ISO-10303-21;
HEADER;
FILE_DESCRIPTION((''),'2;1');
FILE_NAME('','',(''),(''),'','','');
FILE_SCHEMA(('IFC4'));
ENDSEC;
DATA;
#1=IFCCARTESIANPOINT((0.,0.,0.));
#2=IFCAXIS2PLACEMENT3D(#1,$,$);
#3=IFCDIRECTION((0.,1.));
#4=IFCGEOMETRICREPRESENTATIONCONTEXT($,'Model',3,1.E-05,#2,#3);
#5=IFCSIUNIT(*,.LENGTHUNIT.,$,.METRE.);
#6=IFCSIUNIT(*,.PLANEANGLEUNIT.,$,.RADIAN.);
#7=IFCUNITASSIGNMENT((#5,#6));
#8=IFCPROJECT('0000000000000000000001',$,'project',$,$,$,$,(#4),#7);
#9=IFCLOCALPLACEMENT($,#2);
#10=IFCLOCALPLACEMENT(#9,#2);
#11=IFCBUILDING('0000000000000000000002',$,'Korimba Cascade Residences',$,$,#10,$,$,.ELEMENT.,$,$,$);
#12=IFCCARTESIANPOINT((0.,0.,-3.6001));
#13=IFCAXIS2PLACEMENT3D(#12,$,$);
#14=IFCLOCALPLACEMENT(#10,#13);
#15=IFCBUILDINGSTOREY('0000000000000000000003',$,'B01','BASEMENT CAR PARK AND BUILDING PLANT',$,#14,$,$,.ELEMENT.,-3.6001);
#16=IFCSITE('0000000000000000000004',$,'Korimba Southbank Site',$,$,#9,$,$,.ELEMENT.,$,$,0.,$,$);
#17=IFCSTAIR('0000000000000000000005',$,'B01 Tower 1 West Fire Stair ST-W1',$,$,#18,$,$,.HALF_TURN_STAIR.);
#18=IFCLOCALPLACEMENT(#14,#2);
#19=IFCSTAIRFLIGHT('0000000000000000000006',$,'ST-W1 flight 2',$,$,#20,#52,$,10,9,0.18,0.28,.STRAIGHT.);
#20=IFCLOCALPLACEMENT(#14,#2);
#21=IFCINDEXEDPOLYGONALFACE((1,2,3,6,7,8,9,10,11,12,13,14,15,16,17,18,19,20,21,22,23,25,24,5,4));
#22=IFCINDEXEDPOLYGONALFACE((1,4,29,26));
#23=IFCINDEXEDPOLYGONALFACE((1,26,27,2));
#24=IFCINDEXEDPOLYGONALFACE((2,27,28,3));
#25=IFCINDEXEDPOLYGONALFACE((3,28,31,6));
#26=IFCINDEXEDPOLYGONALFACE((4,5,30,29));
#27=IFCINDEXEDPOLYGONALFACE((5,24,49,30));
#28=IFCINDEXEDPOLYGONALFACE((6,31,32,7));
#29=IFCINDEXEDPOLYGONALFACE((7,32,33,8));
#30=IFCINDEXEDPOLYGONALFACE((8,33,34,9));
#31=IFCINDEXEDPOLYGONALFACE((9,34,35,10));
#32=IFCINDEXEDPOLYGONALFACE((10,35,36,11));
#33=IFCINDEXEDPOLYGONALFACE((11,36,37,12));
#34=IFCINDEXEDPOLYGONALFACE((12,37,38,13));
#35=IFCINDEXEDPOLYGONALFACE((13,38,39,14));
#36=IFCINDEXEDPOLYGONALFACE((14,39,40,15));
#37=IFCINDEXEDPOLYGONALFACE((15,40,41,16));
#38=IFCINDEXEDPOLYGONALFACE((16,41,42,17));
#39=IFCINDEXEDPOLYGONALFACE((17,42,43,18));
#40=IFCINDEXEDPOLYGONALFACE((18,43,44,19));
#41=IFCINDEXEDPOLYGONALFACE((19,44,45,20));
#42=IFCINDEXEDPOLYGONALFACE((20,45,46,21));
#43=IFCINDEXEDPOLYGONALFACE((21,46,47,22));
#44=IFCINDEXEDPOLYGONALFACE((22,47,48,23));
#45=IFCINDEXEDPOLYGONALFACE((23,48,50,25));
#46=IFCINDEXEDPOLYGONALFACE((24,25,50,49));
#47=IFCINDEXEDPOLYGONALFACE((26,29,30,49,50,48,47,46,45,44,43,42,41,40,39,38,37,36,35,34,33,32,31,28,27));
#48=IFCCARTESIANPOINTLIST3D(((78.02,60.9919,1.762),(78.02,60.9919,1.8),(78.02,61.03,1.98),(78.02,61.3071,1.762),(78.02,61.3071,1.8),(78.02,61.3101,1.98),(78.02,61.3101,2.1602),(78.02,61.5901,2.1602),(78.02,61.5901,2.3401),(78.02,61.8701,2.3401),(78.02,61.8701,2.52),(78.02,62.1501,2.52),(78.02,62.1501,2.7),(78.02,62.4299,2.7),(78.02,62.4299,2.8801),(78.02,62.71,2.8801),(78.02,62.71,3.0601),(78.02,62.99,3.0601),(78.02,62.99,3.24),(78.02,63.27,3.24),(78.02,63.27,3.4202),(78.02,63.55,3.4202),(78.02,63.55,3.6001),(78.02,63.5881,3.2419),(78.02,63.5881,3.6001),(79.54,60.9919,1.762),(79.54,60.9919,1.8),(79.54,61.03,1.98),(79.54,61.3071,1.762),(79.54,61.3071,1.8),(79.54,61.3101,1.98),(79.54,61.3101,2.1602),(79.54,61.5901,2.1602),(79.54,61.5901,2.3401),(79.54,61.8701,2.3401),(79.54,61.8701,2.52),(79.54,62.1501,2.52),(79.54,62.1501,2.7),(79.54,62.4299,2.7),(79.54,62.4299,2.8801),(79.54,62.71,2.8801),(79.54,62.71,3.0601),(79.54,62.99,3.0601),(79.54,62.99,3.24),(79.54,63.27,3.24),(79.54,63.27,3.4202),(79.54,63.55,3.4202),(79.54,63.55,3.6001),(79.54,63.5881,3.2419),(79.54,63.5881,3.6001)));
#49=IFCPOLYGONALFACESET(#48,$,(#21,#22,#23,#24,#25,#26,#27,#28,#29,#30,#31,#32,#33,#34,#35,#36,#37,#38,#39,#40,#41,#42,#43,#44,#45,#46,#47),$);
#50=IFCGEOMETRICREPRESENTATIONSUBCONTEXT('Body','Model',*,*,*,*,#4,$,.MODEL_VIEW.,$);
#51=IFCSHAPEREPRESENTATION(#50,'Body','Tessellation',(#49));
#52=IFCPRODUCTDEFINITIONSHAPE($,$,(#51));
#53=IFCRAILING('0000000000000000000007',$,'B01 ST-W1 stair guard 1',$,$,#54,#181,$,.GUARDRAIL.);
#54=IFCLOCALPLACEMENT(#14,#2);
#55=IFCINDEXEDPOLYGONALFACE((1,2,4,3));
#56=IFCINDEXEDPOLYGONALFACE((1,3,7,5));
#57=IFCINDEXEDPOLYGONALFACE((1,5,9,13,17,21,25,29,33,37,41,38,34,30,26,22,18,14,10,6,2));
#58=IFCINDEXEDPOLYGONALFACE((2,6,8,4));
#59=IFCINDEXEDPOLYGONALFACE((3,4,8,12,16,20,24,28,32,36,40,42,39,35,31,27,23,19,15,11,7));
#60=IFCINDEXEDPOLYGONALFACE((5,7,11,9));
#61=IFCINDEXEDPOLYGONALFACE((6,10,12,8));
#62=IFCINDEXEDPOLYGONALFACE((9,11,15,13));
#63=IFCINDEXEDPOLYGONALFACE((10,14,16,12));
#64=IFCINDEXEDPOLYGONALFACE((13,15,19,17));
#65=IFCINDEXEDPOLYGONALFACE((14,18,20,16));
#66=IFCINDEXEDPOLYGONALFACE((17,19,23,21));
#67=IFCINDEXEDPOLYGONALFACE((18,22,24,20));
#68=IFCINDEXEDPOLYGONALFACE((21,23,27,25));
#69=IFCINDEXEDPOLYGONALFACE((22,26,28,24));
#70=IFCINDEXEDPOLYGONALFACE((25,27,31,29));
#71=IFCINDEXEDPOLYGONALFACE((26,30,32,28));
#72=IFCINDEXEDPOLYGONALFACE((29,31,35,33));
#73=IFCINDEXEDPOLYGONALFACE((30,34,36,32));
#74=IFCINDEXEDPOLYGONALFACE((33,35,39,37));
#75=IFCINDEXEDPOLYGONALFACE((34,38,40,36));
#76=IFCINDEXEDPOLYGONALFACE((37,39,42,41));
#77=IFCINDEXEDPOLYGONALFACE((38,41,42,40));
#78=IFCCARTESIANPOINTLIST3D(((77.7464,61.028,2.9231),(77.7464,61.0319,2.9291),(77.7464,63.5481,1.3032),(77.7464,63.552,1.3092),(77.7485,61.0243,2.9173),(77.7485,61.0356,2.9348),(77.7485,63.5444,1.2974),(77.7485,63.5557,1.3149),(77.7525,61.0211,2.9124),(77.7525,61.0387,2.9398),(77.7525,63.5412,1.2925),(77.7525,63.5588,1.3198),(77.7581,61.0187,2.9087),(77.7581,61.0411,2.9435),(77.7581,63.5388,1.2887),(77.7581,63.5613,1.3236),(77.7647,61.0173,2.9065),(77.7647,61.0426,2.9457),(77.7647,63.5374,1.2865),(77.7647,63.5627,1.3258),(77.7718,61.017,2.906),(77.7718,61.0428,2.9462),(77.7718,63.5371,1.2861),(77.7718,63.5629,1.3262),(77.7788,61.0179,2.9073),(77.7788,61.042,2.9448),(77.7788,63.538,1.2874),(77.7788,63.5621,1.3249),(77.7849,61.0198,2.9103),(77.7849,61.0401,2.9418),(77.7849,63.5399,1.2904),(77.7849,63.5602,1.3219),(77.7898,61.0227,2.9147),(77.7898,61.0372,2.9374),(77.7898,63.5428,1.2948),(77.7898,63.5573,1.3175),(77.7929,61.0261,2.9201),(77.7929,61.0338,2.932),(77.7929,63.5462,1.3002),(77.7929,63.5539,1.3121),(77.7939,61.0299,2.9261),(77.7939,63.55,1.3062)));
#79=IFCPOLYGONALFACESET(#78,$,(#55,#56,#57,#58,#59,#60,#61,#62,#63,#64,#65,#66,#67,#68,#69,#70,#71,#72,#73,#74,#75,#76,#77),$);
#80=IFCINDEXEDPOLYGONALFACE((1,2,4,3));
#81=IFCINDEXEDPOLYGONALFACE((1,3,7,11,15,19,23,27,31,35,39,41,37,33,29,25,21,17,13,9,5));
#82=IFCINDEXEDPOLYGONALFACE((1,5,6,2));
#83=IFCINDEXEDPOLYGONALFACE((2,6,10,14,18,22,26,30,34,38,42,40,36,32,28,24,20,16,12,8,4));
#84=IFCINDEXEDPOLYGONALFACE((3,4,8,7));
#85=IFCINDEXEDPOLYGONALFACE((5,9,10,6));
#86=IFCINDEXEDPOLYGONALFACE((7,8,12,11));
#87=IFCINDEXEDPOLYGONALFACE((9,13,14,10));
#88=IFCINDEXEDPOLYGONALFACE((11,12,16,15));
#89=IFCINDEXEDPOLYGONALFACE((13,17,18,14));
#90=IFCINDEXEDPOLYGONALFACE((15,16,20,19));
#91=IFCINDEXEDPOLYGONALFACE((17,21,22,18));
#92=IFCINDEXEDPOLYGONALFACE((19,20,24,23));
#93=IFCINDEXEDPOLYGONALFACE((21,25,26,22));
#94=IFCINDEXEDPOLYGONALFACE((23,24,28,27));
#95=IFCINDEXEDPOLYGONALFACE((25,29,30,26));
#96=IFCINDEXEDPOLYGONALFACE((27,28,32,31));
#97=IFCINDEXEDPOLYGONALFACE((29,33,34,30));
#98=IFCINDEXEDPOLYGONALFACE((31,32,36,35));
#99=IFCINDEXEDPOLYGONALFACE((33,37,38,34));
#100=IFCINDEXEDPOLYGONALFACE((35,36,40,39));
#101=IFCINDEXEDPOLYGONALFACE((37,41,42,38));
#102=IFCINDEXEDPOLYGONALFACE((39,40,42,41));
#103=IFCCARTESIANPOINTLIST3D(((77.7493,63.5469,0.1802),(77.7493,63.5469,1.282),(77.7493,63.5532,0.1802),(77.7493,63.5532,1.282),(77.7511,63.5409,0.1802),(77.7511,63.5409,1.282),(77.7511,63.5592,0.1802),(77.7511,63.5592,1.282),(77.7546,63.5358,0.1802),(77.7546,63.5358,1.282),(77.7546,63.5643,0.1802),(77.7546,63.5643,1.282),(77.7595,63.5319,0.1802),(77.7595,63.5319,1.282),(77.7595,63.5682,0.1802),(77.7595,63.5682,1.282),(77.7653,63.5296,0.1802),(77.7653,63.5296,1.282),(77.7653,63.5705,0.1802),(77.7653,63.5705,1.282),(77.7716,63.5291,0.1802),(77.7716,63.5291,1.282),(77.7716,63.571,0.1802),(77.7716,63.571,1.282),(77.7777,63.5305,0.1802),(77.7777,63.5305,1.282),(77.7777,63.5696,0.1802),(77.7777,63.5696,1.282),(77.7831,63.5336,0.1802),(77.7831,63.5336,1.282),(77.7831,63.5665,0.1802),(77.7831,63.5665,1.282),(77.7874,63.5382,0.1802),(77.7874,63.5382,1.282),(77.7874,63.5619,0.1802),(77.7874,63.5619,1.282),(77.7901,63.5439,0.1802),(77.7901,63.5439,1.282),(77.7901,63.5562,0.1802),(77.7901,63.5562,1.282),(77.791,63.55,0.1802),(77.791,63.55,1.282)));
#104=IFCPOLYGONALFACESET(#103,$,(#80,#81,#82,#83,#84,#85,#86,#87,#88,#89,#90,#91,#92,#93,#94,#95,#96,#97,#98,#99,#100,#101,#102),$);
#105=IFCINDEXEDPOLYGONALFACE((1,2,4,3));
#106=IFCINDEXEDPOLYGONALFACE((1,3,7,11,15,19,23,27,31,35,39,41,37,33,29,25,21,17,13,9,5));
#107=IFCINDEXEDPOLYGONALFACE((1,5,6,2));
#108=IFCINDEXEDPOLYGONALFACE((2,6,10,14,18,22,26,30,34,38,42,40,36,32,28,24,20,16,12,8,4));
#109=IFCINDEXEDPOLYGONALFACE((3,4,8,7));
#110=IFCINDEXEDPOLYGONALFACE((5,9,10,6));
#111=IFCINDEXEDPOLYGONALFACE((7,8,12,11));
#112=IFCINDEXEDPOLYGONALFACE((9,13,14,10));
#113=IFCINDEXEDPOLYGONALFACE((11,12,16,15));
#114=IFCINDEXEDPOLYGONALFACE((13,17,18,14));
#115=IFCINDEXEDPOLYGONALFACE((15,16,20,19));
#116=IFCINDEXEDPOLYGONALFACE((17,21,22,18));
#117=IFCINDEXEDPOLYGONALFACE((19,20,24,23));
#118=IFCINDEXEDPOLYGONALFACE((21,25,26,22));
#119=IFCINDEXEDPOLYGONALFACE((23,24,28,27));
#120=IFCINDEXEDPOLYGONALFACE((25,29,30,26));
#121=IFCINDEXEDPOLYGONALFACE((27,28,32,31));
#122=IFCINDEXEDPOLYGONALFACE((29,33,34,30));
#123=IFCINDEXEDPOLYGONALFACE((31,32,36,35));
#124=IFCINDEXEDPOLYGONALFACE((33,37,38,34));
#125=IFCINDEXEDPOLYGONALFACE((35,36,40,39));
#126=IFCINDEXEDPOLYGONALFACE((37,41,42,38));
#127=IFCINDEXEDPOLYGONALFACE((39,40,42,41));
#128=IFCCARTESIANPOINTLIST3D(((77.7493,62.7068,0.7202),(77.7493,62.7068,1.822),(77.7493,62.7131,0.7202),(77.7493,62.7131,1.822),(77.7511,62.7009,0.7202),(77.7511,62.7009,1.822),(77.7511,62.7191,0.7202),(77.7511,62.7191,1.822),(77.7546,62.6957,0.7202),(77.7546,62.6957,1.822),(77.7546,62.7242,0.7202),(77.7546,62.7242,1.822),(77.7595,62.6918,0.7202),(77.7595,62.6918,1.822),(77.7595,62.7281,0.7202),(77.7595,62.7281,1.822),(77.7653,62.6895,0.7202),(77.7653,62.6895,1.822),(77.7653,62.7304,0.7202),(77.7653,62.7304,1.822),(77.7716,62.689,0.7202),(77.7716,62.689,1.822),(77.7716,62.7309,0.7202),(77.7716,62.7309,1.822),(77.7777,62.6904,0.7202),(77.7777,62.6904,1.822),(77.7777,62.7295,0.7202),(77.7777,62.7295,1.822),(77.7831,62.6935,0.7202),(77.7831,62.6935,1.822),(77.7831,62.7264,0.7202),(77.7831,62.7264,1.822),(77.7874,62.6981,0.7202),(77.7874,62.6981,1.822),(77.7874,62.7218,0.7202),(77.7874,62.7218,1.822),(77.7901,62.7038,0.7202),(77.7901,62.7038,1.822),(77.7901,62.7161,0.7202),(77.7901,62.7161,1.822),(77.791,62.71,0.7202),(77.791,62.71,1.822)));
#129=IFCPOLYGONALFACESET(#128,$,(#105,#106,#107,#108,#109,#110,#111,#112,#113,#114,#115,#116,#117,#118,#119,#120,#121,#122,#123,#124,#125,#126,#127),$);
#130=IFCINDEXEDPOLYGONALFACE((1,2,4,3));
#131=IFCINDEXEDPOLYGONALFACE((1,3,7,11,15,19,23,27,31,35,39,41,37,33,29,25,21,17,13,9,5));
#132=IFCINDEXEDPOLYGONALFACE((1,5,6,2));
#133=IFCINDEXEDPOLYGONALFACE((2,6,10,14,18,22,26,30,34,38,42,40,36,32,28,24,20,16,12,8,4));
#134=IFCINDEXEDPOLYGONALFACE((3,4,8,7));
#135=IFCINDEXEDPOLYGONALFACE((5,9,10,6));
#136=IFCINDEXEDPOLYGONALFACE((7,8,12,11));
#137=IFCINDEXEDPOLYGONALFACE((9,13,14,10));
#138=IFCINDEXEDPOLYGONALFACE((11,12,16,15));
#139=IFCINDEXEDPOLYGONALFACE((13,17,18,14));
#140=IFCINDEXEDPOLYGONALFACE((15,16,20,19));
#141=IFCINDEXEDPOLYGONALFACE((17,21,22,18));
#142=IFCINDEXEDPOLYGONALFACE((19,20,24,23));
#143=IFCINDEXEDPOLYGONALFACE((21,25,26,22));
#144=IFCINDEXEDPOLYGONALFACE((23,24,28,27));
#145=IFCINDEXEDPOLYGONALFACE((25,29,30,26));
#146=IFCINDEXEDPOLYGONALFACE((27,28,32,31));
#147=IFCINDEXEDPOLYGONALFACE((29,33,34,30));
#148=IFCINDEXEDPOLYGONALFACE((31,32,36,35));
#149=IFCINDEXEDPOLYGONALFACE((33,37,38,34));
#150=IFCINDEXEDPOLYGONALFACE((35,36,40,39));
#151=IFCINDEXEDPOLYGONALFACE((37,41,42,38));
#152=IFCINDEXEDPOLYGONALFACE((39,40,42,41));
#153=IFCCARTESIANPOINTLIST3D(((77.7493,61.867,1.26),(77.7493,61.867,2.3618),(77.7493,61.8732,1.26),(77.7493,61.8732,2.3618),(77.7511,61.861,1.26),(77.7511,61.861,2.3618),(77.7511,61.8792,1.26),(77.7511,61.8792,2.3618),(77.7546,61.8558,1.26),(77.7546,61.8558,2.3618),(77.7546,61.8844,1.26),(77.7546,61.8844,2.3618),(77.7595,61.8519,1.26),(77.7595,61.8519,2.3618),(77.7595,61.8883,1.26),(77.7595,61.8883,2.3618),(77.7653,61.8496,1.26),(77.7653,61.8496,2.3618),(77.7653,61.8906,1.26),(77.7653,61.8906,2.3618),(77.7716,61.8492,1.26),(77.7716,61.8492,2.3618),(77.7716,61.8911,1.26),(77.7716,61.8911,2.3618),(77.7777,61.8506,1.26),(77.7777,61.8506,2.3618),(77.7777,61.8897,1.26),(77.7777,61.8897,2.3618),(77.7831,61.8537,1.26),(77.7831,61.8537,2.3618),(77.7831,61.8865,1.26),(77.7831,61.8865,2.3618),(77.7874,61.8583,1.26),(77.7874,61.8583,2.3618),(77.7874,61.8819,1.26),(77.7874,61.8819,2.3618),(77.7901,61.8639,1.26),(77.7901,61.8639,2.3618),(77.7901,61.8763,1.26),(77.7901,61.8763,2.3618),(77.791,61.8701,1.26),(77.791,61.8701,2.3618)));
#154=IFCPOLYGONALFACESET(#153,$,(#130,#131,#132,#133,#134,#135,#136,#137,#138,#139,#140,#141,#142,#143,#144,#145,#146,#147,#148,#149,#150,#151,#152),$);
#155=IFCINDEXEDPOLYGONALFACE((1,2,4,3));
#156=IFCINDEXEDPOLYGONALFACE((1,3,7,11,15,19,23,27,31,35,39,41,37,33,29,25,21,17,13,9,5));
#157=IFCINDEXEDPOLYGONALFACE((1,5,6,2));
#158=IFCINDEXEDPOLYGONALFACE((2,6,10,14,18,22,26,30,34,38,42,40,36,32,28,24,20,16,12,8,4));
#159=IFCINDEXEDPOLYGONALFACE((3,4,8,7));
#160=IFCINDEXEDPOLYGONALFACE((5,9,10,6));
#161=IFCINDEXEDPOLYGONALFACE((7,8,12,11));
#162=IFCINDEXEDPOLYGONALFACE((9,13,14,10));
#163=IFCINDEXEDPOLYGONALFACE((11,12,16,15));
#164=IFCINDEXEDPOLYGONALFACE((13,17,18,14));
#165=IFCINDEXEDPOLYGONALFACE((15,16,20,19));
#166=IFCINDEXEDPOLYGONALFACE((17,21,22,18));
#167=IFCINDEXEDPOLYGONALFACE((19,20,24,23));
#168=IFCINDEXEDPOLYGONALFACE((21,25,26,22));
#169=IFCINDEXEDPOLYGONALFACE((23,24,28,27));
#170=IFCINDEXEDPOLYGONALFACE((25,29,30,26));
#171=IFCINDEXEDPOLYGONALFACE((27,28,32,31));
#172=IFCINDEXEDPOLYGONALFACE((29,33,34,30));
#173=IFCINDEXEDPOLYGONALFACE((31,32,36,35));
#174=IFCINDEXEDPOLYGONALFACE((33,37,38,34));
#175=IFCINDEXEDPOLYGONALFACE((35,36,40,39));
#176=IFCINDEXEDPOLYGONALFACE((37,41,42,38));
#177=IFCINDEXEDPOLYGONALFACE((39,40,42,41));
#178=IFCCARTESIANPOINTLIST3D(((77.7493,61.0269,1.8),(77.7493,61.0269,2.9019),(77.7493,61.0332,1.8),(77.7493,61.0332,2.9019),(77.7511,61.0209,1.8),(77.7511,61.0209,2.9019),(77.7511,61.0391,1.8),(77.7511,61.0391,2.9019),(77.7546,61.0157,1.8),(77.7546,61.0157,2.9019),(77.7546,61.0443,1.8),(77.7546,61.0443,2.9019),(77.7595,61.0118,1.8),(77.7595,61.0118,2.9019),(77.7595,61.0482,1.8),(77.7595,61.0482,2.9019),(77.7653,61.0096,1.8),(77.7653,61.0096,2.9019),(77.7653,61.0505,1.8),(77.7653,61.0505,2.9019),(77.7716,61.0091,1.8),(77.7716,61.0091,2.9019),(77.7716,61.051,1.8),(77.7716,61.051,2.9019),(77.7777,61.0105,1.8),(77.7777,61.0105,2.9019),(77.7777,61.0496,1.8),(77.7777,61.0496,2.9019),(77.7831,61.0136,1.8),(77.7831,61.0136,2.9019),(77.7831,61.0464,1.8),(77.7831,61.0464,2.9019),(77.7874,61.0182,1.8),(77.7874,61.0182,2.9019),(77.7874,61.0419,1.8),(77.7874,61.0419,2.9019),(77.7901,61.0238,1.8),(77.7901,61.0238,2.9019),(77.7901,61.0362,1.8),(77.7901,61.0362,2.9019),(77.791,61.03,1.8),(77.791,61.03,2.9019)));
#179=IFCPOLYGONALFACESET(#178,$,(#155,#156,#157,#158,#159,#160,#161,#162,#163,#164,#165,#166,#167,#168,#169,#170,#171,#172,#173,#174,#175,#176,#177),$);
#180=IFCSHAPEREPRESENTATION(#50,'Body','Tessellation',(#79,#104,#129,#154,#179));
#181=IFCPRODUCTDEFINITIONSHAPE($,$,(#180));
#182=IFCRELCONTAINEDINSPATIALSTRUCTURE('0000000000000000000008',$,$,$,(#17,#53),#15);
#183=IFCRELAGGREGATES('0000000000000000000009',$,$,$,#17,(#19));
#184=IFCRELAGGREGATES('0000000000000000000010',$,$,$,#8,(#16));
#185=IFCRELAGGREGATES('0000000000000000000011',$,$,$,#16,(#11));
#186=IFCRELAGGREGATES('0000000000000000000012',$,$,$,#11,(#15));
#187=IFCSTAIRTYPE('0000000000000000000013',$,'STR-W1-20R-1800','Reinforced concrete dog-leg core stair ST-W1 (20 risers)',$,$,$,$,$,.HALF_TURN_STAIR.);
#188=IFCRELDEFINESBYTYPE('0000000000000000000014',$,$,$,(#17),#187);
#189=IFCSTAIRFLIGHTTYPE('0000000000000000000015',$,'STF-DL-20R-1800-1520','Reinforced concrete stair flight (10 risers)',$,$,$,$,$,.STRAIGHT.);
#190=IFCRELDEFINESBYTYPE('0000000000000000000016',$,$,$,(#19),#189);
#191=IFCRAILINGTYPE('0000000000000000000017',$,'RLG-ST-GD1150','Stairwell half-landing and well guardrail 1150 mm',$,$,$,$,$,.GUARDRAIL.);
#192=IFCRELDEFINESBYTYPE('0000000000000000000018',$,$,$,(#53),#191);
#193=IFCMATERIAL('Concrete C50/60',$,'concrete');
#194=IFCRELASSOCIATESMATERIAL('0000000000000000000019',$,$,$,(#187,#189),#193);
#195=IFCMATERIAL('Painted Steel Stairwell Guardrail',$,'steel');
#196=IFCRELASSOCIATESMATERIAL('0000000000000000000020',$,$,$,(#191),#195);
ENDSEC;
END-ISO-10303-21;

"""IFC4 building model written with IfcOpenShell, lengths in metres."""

from ifc_helpers import new_model, si_unit, direction, frame, origin, origin_2d, place, context, subcontext, project, spatial, polyline, circle, outline, extrude, material, type_object, element, aggregate, save


model = new_model("IFC4")

# Units and contexts
model_context = context("Model", 3, precision=1e-05, world=origin(), true_north=direction((0.0, 1.0)))
body_context = subcontext(model_context, "Body", "Model", "MODEL_VIEW")
ifc_project = project(units=[si_unit("LENGTHUNIT", "METRE"), si_unit("PLANEANGLEUNIT", "RADIAN")], contexts=[model_context])

# Site, building, storey
site_placement = place(None, origin())
site = spatial("IfcSite", under=ifc_project, at=site_placement, Name="Korimba Southbank Site", CompositionType="ELEMENT", RefElevation=0.0)
building_placement = place(site_placement, origin())
building = spatial("IfcBuilding", under=site, at=building_placement, Name="Korimba Cascade Residences", CompositionType="ELEMENT")
storey_placement = place(building_placement, frame((0.0, 0.0, -3.6001)))
storey = spatial("IfcBuildingStorey", under=building, at=storey_placement, Name="B01", Description="BASEMENT CAR PARK AND BUILDING PLANT", CompositionType="ELEMENT", Elevation=-3.6001)

# Stair, stair flight
ifc_material_1 = material(Name="Concrete C50/60", Category="concrete")
stair_type = type_object("IfcStairType", Name="STR-W1-20R-1800", Description="Reinforced concrete dog-leg core stair ST-W1 (20 risers)", PredefinedType="HALF_TURN_STAIR", material=ifc_material_1)
stair_placement = place(storey_placement, origin())
stair = element("IfcStair", 1, at=stair_placement, inside=storey, type_object=stair_type, Name="B01 Tower 1 West Fire Stair ST-W1", PredefinedType="HALF_TURN_STAIR")
stair_flight_type = type_object("IfcStairFlightType", Name="STF-DL-20R-1800-1520", Description="Reinforced concrete stair flight (10 risers)", PredefinedType="STRAIGHT", material=ifc_material_1)
stair_flight_1_placement = place(storey_placement, frame((78.78, 61.03, 1.8), z_axis=(0.0, 0.0, 1.0), x_axis=(0.0, 1.0, 0.0)))
stair_flight_1 = element("IfcStairFlight", 2, at=stair_flight_1_placement, type_object=stair_flight_type, Name="ST-W1 flight 2", NumberOfRisers=10, NumberOfTreads=9, PredefinedType="STRAIGHT", RiserHeight=0.18, TreadLength=0.28, context=body_context, shape_type="SweptSolid", body=[
    extrude(outline(polyline([(-0.0381, 0.0), (0.0, 0.1799), (0.28, 0.1799), (0.28, 0.3601), (0.5601, 0.3601), (0.5601, 0.54), (0.8401, 0.54), (0.8401, 0.72), (1.1201, 0.72), (1.1201, 0.8999), (1.3999, 0.8999), (1.3999, 1.0801), (1.6799, 1.0801), (1.6799, 1.26), (1.96, 1.26), (1.96, 1.4399), (2.24, 1.4399), (2.24, 1.6201), (2.52, 1.6201), (2.52, 1.8), (2.5581, 1.8), (2.5581, 1.4419), (0.2771, 0.0), (0.2771, -0.0381), (-0.0381, -0.0381), (-0.0381, 0.0)])), frame((0.0, 0.76, 0.0), z_axis=(0.0, -1.0, 0.0), x_axis=(1.0, 0.0, 0.0)), (0.0, 0.0, 1.0), 1.52),
])
aggregate(stair, [stair_flight_1])

# Railing
ifc_material_2 = material(Name="Painted Steel Stairwell Guardrail", Category="steel")
railing_type_1 = type_object("IfcRailingType", Name="RLG-ST-GD1150", Description="Stairwell half-landing and well guardrail 1150 mm", PredefinedType="GUARDRAIL", material=ifc_material_2)
railing_1_placement = place(storey_placement, frame((77.77, 63.55, 0.1802)))
element("IfcRailing", 3, at=railing_1_placement, inside=storey, type_object=railing_type_1, Name="B01 ST-W1 stair guard 1", PredefinedType="GUARDRAIL", context=body_context, shape_type="SweptSolid", body=[
    extrude(circle(Radius=0.0239, at=origin_2d()), frame((0.0, 0.0, 1.126), z_axis=(0.0, -0.8412, 0.540725), x_axis=(1.0, 0.0, 0.0)), (0.0, 0.0, 1.0), 2.9958),
    extrude(circle(Radius=0.021, at=origin_2d()), origin(), (0.0, 0.0, 1.0), 1.1018),
    extrude(circle(Radius=0.021, at=origin_2d()), frame((0.0, -0.8401, 0.54)), (0.0, 0.0, 1.0), 1.1018),
    extrude(circle(Radius=0.021, at=origin_2d()), frame((0.0, -1.6799, 1.0798)), (0.0, 0.0, 1.0), 1.1018),
    extrude(circle(Radius=0.021, at=origin_2d()), frame((0.0, -2.52, 1.6199)), (0.0, 0.0, 1.0), 1.1018),
])

save(model, "model.ifc")
